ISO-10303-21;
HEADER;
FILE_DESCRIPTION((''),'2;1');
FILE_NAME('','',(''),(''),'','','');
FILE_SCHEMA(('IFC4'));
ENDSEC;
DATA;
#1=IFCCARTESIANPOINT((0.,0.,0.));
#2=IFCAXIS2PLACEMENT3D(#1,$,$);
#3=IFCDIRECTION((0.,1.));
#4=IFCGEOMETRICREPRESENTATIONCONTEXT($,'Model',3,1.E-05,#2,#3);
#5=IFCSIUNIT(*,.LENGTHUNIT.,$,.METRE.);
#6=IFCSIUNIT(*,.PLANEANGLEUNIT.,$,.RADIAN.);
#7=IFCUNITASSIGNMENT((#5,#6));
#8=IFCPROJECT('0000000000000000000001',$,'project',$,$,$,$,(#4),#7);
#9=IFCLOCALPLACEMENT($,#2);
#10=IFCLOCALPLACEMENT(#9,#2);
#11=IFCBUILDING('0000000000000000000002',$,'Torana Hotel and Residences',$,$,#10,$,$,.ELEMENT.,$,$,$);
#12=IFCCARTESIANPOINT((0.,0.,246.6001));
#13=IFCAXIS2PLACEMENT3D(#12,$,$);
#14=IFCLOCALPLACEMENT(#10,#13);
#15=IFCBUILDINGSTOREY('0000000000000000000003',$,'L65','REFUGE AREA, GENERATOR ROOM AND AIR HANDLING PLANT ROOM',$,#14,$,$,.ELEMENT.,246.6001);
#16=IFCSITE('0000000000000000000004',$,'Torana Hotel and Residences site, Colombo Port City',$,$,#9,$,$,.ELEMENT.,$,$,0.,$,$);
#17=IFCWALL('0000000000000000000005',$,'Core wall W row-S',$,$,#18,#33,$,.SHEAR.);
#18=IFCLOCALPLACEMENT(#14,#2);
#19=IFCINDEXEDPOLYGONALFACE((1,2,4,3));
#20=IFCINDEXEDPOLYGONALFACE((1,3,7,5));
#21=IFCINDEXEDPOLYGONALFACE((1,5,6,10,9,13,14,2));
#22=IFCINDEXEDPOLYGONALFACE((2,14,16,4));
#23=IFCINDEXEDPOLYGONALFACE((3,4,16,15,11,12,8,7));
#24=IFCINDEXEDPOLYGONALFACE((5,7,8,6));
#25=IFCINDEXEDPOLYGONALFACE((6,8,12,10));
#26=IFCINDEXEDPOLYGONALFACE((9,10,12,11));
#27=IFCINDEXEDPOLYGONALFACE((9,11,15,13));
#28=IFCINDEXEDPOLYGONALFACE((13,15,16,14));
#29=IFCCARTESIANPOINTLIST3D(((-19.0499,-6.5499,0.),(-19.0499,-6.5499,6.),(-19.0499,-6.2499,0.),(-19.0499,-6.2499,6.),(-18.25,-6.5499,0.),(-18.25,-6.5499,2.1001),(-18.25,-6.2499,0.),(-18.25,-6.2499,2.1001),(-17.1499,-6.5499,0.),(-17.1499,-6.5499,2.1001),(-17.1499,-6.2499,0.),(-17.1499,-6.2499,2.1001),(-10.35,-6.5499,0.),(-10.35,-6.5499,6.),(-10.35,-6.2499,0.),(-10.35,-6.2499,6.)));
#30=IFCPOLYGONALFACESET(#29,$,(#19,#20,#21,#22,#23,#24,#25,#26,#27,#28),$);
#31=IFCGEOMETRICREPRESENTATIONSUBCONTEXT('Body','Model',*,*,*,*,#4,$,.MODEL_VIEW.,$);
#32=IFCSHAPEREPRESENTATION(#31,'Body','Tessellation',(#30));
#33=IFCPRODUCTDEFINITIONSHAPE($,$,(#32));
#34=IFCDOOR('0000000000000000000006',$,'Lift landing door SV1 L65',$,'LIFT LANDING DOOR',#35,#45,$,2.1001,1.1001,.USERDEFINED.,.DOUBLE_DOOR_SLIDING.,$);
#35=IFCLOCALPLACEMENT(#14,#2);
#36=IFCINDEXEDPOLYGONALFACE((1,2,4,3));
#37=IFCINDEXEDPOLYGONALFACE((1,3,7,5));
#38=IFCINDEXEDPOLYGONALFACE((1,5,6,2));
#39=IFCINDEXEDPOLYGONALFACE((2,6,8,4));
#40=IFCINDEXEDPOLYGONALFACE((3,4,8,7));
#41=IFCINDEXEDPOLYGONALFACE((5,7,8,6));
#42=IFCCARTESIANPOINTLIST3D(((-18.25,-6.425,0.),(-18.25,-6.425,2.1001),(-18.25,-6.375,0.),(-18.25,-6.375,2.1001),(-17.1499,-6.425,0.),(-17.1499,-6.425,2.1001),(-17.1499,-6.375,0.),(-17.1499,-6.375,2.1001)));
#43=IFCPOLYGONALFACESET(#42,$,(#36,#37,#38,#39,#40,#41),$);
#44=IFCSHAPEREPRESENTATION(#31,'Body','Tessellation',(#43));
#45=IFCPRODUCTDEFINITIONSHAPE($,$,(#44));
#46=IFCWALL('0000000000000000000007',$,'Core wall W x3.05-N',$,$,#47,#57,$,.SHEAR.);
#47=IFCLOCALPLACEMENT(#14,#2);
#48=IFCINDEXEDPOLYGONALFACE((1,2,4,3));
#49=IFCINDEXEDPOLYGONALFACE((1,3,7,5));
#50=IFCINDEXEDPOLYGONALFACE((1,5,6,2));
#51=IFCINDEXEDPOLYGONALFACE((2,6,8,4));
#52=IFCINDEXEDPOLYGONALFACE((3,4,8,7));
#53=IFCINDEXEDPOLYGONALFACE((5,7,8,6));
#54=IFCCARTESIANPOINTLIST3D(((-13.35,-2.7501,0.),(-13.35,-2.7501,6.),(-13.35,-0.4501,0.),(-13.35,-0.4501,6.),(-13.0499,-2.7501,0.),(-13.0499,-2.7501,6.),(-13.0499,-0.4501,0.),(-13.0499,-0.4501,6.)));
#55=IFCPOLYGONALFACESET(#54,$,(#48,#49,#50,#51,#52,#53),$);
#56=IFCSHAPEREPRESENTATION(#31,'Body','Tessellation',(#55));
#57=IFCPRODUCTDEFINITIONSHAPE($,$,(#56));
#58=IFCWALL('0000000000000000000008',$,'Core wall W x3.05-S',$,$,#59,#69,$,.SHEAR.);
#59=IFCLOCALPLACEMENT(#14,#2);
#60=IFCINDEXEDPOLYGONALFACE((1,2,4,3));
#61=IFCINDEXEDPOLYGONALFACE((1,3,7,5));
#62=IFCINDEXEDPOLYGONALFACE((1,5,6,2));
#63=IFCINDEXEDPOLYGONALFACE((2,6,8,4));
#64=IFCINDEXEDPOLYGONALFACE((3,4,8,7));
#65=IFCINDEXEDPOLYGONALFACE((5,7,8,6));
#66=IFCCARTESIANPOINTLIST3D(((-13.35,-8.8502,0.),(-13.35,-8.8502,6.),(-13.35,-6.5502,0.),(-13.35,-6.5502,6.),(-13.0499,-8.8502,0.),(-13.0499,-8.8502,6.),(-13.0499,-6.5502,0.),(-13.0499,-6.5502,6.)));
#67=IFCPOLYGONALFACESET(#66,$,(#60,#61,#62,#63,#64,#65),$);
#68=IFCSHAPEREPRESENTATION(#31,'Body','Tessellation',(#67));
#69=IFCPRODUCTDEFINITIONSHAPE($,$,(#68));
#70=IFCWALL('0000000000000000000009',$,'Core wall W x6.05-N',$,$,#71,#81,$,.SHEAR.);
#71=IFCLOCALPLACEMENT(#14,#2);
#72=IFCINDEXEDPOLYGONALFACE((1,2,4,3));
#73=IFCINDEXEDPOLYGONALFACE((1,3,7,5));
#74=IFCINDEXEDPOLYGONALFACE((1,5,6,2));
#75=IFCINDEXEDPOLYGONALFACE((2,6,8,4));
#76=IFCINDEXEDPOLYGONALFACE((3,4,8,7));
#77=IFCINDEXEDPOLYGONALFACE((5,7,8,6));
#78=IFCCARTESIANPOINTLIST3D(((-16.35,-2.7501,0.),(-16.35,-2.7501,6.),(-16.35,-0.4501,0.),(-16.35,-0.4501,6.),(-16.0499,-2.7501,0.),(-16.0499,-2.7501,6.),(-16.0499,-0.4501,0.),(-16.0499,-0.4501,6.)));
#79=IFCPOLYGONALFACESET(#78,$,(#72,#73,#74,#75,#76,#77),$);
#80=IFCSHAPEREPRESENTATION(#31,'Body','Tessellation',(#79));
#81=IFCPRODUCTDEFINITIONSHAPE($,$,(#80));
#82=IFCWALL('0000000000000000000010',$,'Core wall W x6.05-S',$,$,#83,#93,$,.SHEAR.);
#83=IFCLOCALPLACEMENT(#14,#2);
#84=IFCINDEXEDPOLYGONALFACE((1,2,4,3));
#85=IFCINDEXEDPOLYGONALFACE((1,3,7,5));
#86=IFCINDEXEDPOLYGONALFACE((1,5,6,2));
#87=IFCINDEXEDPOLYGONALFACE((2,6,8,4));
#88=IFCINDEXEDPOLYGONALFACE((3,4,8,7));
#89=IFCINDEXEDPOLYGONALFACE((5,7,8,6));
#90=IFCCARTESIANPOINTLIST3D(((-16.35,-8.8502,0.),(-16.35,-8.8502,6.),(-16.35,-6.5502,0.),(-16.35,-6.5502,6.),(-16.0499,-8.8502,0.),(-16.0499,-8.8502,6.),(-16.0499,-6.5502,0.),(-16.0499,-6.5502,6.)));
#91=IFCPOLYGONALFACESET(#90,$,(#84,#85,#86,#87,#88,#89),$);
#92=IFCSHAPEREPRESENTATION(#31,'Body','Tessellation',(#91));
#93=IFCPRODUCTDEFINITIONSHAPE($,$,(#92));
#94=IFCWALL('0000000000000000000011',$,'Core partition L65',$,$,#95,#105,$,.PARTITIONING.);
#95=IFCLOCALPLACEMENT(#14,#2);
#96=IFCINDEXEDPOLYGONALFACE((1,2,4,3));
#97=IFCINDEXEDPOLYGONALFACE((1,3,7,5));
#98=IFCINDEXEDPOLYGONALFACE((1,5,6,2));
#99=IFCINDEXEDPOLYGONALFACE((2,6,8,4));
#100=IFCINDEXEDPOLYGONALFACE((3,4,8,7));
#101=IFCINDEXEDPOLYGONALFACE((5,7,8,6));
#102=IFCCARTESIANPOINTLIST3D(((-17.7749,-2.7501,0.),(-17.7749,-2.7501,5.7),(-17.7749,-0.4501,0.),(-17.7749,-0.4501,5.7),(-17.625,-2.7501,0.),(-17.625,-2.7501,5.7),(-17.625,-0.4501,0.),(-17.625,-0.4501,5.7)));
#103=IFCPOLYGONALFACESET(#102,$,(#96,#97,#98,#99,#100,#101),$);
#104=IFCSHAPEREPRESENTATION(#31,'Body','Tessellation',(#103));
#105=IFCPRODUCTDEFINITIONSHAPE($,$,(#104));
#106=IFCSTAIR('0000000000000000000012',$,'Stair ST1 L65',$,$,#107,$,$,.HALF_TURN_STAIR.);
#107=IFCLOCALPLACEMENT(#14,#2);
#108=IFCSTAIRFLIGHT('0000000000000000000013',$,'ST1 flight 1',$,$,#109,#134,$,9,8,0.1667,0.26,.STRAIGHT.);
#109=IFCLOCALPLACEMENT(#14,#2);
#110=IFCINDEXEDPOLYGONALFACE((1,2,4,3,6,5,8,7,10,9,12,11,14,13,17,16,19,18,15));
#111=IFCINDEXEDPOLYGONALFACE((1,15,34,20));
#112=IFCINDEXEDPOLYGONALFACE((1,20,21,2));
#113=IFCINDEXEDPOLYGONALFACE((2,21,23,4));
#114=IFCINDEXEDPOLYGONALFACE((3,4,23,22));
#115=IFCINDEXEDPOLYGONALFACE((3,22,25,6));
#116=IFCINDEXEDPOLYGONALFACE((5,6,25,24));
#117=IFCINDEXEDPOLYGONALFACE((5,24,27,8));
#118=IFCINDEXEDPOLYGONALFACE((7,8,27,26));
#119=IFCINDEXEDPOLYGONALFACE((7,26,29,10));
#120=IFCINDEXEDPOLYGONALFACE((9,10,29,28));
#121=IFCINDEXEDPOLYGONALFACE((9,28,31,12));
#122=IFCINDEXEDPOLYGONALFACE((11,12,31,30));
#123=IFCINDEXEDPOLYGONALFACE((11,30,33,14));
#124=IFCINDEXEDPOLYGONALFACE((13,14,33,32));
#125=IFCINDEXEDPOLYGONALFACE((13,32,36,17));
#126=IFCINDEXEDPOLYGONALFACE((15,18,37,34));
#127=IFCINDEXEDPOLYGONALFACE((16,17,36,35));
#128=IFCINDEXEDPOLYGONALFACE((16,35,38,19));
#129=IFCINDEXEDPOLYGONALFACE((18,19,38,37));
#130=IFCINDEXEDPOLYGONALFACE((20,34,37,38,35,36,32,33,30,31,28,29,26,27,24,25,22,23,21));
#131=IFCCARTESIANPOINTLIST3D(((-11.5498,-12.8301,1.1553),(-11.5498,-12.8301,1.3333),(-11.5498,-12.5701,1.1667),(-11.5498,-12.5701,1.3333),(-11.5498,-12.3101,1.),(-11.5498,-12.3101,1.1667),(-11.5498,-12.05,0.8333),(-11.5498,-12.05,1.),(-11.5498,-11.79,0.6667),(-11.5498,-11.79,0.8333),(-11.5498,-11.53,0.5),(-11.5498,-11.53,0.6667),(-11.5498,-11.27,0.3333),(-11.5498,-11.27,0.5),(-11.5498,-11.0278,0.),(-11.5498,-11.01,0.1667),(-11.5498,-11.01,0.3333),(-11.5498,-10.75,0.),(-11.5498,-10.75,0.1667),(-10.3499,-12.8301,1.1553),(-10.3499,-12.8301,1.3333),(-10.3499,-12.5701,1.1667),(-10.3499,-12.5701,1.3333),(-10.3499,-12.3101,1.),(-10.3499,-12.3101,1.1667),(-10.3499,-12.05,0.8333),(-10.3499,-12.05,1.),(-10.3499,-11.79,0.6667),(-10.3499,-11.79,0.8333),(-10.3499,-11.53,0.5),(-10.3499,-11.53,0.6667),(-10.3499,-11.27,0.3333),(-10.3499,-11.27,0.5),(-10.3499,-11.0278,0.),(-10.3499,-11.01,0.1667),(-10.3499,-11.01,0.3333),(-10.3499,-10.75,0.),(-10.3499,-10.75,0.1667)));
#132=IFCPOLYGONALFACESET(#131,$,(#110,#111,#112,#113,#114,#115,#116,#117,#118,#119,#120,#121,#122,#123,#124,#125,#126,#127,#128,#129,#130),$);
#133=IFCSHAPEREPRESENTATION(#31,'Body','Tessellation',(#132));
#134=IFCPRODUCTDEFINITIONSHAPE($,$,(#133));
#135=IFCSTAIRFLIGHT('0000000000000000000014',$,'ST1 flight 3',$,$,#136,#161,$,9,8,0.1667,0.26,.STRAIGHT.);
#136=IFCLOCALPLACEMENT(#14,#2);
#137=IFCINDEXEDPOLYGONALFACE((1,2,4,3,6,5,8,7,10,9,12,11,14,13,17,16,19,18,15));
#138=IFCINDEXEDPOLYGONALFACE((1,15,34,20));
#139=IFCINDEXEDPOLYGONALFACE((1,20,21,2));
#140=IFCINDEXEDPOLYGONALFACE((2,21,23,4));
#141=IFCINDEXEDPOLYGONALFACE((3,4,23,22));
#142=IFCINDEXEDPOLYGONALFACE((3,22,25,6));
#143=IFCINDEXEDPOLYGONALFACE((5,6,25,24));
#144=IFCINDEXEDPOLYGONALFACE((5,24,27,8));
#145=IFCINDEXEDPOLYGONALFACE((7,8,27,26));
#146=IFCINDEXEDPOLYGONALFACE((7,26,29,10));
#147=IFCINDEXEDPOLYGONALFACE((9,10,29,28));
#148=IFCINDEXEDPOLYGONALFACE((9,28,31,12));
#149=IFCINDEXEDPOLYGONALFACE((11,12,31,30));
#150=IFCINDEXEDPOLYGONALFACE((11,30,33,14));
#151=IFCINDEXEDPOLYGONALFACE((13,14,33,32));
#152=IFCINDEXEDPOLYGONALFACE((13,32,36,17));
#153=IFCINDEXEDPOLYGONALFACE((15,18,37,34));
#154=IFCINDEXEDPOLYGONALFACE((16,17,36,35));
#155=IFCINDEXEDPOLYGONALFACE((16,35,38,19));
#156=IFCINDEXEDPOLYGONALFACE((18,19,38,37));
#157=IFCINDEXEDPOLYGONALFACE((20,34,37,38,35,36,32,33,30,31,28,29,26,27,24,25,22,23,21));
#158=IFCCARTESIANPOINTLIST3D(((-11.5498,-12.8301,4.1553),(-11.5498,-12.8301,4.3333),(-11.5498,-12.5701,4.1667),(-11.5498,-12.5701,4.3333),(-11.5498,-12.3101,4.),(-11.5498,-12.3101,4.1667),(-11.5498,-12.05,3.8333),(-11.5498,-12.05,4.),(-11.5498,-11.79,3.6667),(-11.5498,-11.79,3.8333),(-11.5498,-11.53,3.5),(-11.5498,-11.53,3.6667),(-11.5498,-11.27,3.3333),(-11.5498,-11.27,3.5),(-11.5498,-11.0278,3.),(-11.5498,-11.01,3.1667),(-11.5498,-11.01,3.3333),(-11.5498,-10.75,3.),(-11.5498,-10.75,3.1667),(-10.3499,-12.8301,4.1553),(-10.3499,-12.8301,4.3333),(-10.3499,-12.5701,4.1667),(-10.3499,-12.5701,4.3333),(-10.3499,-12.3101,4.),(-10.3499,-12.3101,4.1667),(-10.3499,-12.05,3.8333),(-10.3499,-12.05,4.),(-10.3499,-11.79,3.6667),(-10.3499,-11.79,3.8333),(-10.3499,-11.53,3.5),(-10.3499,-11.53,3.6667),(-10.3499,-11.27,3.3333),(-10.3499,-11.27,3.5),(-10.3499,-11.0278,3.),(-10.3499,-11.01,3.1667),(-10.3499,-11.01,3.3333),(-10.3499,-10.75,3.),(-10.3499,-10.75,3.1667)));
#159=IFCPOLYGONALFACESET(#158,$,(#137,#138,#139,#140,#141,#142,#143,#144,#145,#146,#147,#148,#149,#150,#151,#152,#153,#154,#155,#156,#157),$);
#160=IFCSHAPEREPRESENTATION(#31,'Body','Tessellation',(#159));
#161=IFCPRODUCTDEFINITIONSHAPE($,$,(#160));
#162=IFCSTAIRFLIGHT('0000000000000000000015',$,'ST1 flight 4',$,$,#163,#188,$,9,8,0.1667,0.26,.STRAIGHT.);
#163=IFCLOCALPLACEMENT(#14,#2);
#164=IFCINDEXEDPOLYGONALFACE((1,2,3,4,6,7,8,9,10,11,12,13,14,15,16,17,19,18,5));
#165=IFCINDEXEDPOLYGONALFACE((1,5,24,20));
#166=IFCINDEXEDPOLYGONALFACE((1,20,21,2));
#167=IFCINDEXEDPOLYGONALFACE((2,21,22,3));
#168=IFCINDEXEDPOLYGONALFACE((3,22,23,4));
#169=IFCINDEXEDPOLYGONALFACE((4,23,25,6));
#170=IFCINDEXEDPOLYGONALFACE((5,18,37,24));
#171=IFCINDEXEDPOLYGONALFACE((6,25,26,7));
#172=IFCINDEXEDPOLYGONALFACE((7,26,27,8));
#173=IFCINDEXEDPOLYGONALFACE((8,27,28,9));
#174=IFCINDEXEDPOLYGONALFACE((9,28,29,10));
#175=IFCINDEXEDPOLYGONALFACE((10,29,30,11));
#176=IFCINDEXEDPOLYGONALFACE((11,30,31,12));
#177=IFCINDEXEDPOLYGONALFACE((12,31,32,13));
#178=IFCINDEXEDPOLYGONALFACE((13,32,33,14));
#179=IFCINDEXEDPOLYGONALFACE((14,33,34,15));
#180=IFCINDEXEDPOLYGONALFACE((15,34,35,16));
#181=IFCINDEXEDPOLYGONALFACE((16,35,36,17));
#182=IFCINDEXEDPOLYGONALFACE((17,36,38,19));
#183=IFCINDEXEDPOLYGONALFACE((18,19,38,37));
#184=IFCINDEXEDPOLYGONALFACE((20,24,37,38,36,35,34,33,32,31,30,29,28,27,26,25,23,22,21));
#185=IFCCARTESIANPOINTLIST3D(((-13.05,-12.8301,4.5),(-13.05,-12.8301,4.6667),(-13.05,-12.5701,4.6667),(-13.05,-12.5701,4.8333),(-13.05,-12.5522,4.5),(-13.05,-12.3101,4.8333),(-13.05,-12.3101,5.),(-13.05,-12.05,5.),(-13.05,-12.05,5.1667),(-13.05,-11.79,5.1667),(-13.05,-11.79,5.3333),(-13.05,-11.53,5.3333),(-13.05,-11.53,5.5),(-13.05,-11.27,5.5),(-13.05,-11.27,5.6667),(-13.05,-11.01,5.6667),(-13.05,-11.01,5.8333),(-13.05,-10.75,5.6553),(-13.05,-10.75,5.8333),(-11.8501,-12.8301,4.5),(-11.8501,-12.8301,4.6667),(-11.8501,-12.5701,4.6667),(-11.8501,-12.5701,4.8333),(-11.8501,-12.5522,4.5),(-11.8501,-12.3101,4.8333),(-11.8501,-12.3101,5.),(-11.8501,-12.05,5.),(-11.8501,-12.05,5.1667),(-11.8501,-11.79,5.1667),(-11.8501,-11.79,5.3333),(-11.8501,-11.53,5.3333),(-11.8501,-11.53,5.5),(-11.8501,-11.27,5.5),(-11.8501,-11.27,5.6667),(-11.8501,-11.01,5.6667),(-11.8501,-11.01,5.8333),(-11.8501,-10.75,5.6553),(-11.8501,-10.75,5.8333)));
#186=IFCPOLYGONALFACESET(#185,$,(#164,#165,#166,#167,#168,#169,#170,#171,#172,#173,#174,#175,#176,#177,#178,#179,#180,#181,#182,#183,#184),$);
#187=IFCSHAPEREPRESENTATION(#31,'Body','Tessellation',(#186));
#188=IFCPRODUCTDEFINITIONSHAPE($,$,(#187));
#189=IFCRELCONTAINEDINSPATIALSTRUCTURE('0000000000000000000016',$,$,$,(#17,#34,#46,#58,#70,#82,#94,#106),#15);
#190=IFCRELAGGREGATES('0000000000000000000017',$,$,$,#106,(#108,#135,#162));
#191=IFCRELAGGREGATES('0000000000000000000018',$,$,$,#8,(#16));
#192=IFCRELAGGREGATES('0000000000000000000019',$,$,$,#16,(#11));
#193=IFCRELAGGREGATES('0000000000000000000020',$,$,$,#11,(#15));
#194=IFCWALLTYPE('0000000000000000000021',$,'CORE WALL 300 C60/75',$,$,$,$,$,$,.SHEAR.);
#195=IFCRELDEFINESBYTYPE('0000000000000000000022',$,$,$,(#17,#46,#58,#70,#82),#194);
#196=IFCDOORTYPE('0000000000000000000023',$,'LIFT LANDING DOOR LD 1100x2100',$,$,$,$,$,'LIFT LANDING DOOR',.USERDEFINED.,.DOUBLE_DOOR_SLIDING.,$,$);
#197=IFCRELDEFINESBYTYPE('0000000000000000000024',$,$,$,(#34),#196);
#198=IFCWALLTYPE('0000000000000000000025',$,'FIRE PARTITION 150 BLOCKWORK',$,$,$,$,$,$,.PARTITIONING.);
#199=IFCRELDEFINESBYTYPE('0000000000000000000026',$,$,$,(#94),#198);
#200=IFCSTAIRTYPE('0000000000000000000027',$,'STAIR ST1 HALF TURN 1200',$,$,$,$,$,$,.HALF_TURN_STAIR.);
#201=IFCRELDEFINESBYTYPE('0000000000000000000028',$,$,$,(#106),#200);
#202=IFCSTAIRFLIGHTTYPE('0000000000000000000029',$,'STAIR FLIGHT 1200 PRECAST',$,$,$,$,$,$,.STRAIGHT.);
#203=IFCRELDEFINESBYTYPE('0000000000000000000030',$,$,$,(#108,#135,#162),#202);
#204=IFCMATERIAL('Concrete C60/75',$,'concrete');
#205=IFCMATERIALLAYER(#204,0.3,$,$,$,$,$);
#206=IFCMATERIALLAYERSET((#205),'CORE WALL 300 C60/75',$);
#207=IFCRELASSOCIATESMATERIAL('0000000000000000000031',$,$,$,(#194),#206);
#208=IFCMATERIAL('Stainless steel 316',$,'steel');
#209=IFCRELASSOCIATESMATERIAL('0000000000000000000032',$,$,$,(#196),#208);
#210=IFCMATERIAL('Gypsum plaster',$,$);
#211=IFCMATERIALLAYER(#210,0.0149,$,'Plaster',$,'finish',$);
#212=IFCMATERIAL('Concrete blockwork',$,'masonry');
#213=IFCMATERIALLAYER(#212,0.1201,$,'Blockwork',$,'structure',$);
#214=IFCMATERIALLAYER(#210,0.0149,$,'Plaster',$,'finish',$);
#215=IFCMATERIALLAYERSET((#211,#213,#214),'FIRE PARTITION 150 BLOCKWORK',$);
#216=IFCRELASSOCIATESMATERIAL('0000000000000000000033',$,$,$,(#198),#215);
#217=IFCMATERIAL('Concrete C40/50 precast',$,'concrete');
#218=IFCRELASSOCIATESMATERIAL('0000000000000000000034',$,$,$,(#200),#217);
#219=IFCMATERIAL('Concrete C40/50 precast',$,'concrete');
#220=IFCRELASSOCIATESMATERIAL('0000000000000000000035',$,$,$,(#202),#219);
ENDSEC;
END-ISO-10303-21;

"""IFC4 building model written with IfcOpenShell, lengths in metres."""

from ifc_helpers import new_model, si_unit, direction, frame, frame_2d, origin, place, context, subcontext, project, spatial, polyline, rectangle, outline, extrude, material, layer, layer_set, type_object, element, fill, aggregate, save


model = new_model("IFC4")

# Units and contexts
model_context = context("Model", 3, precision=1e-05, world=origin(), true_north=direction((0.0, 1.0)))
body_context = subcontext(model_context, "Body", "Model", "MODEL_VIEW")
ifc_project = project(units=[si_unit("LENGTHUNIT", "METRE"), si_unit("PLANEANGLEUNIT", "RADIAN")], contexts=[model_context])

# Site, building, storey
site_placement = place(None, origin())
site = spatial("IfcSite", under=ifc_project, at=site_placement, Name="Torana Hotel and Residences site, Colombo Port City", CompositionType="ELEMENT", RefElevation=0.0)
building_placement = place(site_placement, origin())
building = spatial("IfcBuilding", under=site, at=building_placement, Name="Torana Hotel and Residences", CompositionType="ELEMENT")
storey_placement = place(building_placement, frame((0.0, 0.0, 246.6001)))
storey = spatial("IfcBuildingStorey", under=building, at=storey_placement, Name="L65", Description="REFUGE AREA, GENERATOR ROOM AND AIR HANDLING PLANT ROOM", CompositionType="ELEMENT", Elevation=246.6001)

# Shared definitions
ifc_material_1 = material(Name="Concrete C60/75", Category="concrete")
ifc_layer_1 = layer(ifc_material_1, 0.3)
ifc_layer_set_1 = layer_set([ifc_layer_1], Name="CORE WALL 300 C60/75")
wall_type_1 = type_object("IfcWallType", Name="CORE WALL 300 C60/75", PredefinedType="SHEAR", material=ifc_layer_set_1)
ifc_material_2 = material(Name="Stainless steel 316", Category="steel")
door_type_1 = type_object("IfcDoorType", Name="LIFT LANDING DOOR LD 1100x2100", ElementType="LIFT LANDING DOOR", OperationType="DOUBLE_DOOR_SLIDING", PredefinedType="USERDEFINED", material=ifc_material_2)

# Wall, opening, door
wall_1_placement = place(storey_placement, frame((-19.05, -6.3999, 0.0), z_axis=(0.0, 0.0, 1.0), x_axis=(1.0, 0.0, 0.0)))
wall_1 = element("IfcWall", 1, at=wall_1_placement, inside=storey, type_object=wall_type_1, Name="Core wall W row-S", PredefinedType="SHEAR", context=body_context, shape_type="SweptSolid", body=[
    extrude(rectangle(XDim=8.7, YDim=0.3, at=frame_2d((4.3501, 0.0))), origin(), (0.0, 0.0, 1.0), 6.0),
])
opening_1_placement = place(wall_1_placement, frame((0.8, 0.0, 0.0)))
opening_1 = element("IfcOpeningElement", 2, at=opening_1_placement, cuts=wall_1, PredefinedType="OPENING", context=body_context, shape_type="SweptSolid", body=[
    extrude(rectangle(XDim=1.1001, YDim=2.1001, at=frame_2d((0.55, 1.05))), frame((0.0, 0.1599, 0.0), z_axis=(0.0, -1.0, 0.0), x_axis=(1.0, 0.0, 0.0)), (0.0, 0.0, 1.0), 0.3201),
])
door_1_placement = place(opening_1_placement, origin())
door_1 = element("IfcDoor", 3, at=door_1_placement, inside=storey, type_object=door_type_1, Name="Lift landing door SV1 L65", ObjectType="LIFT LANDING DOOR", OperationType="DOUBLE_DOOR_SLIDING", OverallHeight=2.1001, OverallWidth=1.1001, PredefinedType="USERDEFINED", context=body_context, shape_type="SweptSolid", body=[
    extrude(rectangle(XDim=1.1001, YDim=2.1001, at=frame_2d((0.55, 1.05))), frame((0.0, 0.0249, 0.0), z_axis=(0.0, -1.0, 0.0), x_axis=(1.0, 0.0, 0.0)), (0.0, 0.0, 1.0), 0.05),
])
fill(opening_1, door_1)

# Walls
for number, where, z_axis, x_axis, name in (
    (4, (-13.2, -2.75, 0.0), (0.0, 0.0, 1.0), (0.0, 1.0, 0.0), "Core wall W x3.05-N"),
    (5, (-13.2, -8.8501, 0.0), (0.0, 0.0, 1.0), (0.0, 1.0, 0.0), "Core wall W x3.05-S"),
    (6, (-16.2, -2.75, 0.0), (0.0, 0.0, 1.0), (0.0, 1.0, 0.0), "Core wall W x6.05-N"),
    (7, (-16.2, -8.8501, 0.0), (0.0, 0.0, 1.0), (0.0, 1.0, 0.0), "Core wall W x6.05-S"),
):
    element("IfcWall", number, at=place(storey_placement, frame(where, z_axis=z_axis, x_axis=x_axis)), inside=storey, type_object=wall_type_1, Name=name, PredefinedType="SHEAR", context=body_context, shape_type="SweptSolid", body=[
        extrude(rectangle(XDim=2.3, YDim=0.3, at=frame_2d((1.1499, 0.0))), origin(), (0.0, 0.0, 1.0), 6.0),
    ])
ifc_material_3 = material(Name="Gypsum plaster")
ifc_layer_2 = layer(ifc_material_3, 0.0149, Name="Plaster", Category="finish")
ifc_material_4 = material(Name="Concrete blockwork", Category="masonry")
ifc_layer_3 = layer(ifc_material_4, 0.1201, Name="Blockwork", Category="structure")
ifc_layer_4 = layer(ifc_material_3, 0.0149, Name="Plaster", Category="finish")
ifc_layer_set_2 = layer_set([ifc_layer_2, ifc_layer_3, ifc_layer_4], Name="FIRE PARTITION 150 BLOCKWORK")
wall_type_2 = type_object("IfcWallType", Name="FIRE PARTITION 150 BLOCKWORK", PredefinedType="PARTITIONING", material=ifc_layer_set_2)
wall_2_placement = place(storey_placement, frame((-17.7, -2.75, 0.0), z_axis=(0.0, 0.0, 1.0), x_axis=(0.0, 1.0, 0.0)))
element("IfcWall", 8, at=wall_2_placement, inside=storey, type_object=wall_type_2, Name="Core partition L65", PredefinedType="PARTITIONING", context=body_context, shape_type="SweptSolid", body=[
    extrude(rectangle(XDim=2.3, YDim=0.1499, at=frame_2d((1.1499, 0.0))), origin(), (0.0, 0.0, 1.0), 5.7),
])

# Stair, stair flights
ifc_material_5 = material(Name="Concrete C40/50 precast", Category="concrete")
stair_type_1 = type_object("IfcStairType", Name="STAIR ST1 HALF TURN 1200", PredefinedType="HALF_TURN_STAIR", material=ifc_material_5)
stair_1_placement = place(storey_placement, origin())
stair_1 = element("IfcStair", 9, at=stair_1_placement, inside=storey, type_object=stair_type_1, Name="Stair ST1 L65", PredefinedType="HALF_TURN_STAIR")
ifc_material_6 = material(Name="Concrete C40/50 precast", Category="concrete")
stair_flight_type = type_object("IfcStairFlightType", Name="STAIR FLIGHT 1200 PRECAST", PredefinedType="STRAIGHT", material=ifc_material_6)
stair_flight_1_placement = place(storey_placement, frame((-10.95, -10.75, 0.0), z_axis=(0.0, 0.0, 1.0), x_axis=(0.0, -1.0, 0.0)))
stair_flight_1 = element("IfcStairFlight", 10, at=stair_flight_1_placement, type_object=stair_flight_type, Name="ST1 flight 1", NumberOfRisers=9, NumberOfTreads=8, PredefinedType="STRAIGHT", RiserHeight=0.1667, TreadLength=0.26, context=body_context, shape_type="SweptSolid", body=[
    extrude(outline(polyline([(0.0, 0.0), (0.0, 0.1667), (0.26, 0.1667), (0.26, 0.3333), (0.52, 0.3333), (0.52, 0.5), (0.78, 0.5), (0.78, 0.6667), (1.04, 0.6667), (1.04, 0.8333), (1.3, 0.8333), (1.3, 1.0), (1.5601, 1.0), (1.5601, 1.1667), (1.8201, 1.1667), (1.8201, 1.3333), (2.0801, 1.3333), (2.0801, 1.5), (2.0801, 1.1553), (0.2778, 0.0), (0.0, 0.0)])), frame((0.0, 0.6001, 0.0), z_axis=(0.0, -1.0, 0.0), x_axis=(1.0, 0.0, 0.0)), (0.0, 0.0, 1.0), 1.2),
])
stair_flight_2_placement = place(storey_placement, frame((-10.95, -10.75, 3.0), z_axis=(0.0, 0.0, 1.0), x_axis=(0.0, -1.0, 0.0)))
stair_flight_2 = element("IfcStairFlight", 11, at=stair_flight_2_placement, type_object=stair_flight_type, Name="ST1 flight 3", NumberOfRisers=9, NumberOfTreads=8, PredefinedType="STRAIGHT", RiserHeight=0.1667, TreadLength=0.26, context=body_context, shape_type="SweptSolid", body=[
    extrude(outline(polyline([(0.0, 0.0), (0.0, 0.1667), (0.26, 0.1667), (0.26, 0.3333), (0.52, 0.3333), (0.52, 0.5), (0.78, 0.5), (0.78, 0.6667), (1.04, 0.6667), (1.04, 0.8333), (1.3, 0.8333), (1.3, 1.0), (1.5601, 1.0), (1.5601, 1.1667), (1.8201, 1.1667), (1.8201, 1.3333), (2.0801, 1.3333), (2.0801, 1.5), (2.0801, 1.1553), (0.2778, 0.0), (0.0, 0.0)])), frame((0.0, 0.6001, 0.0), z_axis=(0.0, -1.0, 0.0), x_axis=(1.0, 0.0, 0.0)), (0.0, 0.0, 1.0), 1.2),
])
stair_flight_3_placement = place(storey_placement, frame((-12.45, -12.8301, 4.5), z_axis=(0.0, 0.0, 1.0), x_axis=(0.0, 1.0, 0.0)))
stair_flight_3 = element("IfcStairFlight", 12, at=stair_flight_3_placement, type_object=stair_flight_type, Name="ST1 flight 4", NumberOfRisers=9, NumberOfTreads=8, PredefinedType="STRAIGHT", RiserHeight=0.1667, TreadLength=0.26, context=body_context, shape_type="SweptSolid", body=[
    extrude(outline(polyline([(0.0, 0.0), (0.0, 0.1667), (0.26, 0.1667), (0.26, 0.3333), (0.52, 0.3333), (0.52, 0.5), (0.78, 0.5), (0.78, 0.6667), (1.04, 0.6667), (1.04, 0.8333), (1.3, 0.8333), (1.3, 1.0), (1.5601, 1.0), (1.5601, 1.1667), (1.8201, 1.1667), (1.8201, 1.3333), (2.0801, 1.3333), (2.0801, 1.5), (2.0801, 1.1553), (0.2778, 0.0), (0.0, 0.0)])), frame((0.0, 0.6001, 0.0), z_axis=(0.0, -1.0, 0.0), x_axis=(1.0, 0.0, 0.0)), (0.0, 0.0, 1.0), 1.2),
])
aggregate(stair_1, [stair_flight_1, stair_flight_2, stair_flight_3])

save(model, "model.ifc")
